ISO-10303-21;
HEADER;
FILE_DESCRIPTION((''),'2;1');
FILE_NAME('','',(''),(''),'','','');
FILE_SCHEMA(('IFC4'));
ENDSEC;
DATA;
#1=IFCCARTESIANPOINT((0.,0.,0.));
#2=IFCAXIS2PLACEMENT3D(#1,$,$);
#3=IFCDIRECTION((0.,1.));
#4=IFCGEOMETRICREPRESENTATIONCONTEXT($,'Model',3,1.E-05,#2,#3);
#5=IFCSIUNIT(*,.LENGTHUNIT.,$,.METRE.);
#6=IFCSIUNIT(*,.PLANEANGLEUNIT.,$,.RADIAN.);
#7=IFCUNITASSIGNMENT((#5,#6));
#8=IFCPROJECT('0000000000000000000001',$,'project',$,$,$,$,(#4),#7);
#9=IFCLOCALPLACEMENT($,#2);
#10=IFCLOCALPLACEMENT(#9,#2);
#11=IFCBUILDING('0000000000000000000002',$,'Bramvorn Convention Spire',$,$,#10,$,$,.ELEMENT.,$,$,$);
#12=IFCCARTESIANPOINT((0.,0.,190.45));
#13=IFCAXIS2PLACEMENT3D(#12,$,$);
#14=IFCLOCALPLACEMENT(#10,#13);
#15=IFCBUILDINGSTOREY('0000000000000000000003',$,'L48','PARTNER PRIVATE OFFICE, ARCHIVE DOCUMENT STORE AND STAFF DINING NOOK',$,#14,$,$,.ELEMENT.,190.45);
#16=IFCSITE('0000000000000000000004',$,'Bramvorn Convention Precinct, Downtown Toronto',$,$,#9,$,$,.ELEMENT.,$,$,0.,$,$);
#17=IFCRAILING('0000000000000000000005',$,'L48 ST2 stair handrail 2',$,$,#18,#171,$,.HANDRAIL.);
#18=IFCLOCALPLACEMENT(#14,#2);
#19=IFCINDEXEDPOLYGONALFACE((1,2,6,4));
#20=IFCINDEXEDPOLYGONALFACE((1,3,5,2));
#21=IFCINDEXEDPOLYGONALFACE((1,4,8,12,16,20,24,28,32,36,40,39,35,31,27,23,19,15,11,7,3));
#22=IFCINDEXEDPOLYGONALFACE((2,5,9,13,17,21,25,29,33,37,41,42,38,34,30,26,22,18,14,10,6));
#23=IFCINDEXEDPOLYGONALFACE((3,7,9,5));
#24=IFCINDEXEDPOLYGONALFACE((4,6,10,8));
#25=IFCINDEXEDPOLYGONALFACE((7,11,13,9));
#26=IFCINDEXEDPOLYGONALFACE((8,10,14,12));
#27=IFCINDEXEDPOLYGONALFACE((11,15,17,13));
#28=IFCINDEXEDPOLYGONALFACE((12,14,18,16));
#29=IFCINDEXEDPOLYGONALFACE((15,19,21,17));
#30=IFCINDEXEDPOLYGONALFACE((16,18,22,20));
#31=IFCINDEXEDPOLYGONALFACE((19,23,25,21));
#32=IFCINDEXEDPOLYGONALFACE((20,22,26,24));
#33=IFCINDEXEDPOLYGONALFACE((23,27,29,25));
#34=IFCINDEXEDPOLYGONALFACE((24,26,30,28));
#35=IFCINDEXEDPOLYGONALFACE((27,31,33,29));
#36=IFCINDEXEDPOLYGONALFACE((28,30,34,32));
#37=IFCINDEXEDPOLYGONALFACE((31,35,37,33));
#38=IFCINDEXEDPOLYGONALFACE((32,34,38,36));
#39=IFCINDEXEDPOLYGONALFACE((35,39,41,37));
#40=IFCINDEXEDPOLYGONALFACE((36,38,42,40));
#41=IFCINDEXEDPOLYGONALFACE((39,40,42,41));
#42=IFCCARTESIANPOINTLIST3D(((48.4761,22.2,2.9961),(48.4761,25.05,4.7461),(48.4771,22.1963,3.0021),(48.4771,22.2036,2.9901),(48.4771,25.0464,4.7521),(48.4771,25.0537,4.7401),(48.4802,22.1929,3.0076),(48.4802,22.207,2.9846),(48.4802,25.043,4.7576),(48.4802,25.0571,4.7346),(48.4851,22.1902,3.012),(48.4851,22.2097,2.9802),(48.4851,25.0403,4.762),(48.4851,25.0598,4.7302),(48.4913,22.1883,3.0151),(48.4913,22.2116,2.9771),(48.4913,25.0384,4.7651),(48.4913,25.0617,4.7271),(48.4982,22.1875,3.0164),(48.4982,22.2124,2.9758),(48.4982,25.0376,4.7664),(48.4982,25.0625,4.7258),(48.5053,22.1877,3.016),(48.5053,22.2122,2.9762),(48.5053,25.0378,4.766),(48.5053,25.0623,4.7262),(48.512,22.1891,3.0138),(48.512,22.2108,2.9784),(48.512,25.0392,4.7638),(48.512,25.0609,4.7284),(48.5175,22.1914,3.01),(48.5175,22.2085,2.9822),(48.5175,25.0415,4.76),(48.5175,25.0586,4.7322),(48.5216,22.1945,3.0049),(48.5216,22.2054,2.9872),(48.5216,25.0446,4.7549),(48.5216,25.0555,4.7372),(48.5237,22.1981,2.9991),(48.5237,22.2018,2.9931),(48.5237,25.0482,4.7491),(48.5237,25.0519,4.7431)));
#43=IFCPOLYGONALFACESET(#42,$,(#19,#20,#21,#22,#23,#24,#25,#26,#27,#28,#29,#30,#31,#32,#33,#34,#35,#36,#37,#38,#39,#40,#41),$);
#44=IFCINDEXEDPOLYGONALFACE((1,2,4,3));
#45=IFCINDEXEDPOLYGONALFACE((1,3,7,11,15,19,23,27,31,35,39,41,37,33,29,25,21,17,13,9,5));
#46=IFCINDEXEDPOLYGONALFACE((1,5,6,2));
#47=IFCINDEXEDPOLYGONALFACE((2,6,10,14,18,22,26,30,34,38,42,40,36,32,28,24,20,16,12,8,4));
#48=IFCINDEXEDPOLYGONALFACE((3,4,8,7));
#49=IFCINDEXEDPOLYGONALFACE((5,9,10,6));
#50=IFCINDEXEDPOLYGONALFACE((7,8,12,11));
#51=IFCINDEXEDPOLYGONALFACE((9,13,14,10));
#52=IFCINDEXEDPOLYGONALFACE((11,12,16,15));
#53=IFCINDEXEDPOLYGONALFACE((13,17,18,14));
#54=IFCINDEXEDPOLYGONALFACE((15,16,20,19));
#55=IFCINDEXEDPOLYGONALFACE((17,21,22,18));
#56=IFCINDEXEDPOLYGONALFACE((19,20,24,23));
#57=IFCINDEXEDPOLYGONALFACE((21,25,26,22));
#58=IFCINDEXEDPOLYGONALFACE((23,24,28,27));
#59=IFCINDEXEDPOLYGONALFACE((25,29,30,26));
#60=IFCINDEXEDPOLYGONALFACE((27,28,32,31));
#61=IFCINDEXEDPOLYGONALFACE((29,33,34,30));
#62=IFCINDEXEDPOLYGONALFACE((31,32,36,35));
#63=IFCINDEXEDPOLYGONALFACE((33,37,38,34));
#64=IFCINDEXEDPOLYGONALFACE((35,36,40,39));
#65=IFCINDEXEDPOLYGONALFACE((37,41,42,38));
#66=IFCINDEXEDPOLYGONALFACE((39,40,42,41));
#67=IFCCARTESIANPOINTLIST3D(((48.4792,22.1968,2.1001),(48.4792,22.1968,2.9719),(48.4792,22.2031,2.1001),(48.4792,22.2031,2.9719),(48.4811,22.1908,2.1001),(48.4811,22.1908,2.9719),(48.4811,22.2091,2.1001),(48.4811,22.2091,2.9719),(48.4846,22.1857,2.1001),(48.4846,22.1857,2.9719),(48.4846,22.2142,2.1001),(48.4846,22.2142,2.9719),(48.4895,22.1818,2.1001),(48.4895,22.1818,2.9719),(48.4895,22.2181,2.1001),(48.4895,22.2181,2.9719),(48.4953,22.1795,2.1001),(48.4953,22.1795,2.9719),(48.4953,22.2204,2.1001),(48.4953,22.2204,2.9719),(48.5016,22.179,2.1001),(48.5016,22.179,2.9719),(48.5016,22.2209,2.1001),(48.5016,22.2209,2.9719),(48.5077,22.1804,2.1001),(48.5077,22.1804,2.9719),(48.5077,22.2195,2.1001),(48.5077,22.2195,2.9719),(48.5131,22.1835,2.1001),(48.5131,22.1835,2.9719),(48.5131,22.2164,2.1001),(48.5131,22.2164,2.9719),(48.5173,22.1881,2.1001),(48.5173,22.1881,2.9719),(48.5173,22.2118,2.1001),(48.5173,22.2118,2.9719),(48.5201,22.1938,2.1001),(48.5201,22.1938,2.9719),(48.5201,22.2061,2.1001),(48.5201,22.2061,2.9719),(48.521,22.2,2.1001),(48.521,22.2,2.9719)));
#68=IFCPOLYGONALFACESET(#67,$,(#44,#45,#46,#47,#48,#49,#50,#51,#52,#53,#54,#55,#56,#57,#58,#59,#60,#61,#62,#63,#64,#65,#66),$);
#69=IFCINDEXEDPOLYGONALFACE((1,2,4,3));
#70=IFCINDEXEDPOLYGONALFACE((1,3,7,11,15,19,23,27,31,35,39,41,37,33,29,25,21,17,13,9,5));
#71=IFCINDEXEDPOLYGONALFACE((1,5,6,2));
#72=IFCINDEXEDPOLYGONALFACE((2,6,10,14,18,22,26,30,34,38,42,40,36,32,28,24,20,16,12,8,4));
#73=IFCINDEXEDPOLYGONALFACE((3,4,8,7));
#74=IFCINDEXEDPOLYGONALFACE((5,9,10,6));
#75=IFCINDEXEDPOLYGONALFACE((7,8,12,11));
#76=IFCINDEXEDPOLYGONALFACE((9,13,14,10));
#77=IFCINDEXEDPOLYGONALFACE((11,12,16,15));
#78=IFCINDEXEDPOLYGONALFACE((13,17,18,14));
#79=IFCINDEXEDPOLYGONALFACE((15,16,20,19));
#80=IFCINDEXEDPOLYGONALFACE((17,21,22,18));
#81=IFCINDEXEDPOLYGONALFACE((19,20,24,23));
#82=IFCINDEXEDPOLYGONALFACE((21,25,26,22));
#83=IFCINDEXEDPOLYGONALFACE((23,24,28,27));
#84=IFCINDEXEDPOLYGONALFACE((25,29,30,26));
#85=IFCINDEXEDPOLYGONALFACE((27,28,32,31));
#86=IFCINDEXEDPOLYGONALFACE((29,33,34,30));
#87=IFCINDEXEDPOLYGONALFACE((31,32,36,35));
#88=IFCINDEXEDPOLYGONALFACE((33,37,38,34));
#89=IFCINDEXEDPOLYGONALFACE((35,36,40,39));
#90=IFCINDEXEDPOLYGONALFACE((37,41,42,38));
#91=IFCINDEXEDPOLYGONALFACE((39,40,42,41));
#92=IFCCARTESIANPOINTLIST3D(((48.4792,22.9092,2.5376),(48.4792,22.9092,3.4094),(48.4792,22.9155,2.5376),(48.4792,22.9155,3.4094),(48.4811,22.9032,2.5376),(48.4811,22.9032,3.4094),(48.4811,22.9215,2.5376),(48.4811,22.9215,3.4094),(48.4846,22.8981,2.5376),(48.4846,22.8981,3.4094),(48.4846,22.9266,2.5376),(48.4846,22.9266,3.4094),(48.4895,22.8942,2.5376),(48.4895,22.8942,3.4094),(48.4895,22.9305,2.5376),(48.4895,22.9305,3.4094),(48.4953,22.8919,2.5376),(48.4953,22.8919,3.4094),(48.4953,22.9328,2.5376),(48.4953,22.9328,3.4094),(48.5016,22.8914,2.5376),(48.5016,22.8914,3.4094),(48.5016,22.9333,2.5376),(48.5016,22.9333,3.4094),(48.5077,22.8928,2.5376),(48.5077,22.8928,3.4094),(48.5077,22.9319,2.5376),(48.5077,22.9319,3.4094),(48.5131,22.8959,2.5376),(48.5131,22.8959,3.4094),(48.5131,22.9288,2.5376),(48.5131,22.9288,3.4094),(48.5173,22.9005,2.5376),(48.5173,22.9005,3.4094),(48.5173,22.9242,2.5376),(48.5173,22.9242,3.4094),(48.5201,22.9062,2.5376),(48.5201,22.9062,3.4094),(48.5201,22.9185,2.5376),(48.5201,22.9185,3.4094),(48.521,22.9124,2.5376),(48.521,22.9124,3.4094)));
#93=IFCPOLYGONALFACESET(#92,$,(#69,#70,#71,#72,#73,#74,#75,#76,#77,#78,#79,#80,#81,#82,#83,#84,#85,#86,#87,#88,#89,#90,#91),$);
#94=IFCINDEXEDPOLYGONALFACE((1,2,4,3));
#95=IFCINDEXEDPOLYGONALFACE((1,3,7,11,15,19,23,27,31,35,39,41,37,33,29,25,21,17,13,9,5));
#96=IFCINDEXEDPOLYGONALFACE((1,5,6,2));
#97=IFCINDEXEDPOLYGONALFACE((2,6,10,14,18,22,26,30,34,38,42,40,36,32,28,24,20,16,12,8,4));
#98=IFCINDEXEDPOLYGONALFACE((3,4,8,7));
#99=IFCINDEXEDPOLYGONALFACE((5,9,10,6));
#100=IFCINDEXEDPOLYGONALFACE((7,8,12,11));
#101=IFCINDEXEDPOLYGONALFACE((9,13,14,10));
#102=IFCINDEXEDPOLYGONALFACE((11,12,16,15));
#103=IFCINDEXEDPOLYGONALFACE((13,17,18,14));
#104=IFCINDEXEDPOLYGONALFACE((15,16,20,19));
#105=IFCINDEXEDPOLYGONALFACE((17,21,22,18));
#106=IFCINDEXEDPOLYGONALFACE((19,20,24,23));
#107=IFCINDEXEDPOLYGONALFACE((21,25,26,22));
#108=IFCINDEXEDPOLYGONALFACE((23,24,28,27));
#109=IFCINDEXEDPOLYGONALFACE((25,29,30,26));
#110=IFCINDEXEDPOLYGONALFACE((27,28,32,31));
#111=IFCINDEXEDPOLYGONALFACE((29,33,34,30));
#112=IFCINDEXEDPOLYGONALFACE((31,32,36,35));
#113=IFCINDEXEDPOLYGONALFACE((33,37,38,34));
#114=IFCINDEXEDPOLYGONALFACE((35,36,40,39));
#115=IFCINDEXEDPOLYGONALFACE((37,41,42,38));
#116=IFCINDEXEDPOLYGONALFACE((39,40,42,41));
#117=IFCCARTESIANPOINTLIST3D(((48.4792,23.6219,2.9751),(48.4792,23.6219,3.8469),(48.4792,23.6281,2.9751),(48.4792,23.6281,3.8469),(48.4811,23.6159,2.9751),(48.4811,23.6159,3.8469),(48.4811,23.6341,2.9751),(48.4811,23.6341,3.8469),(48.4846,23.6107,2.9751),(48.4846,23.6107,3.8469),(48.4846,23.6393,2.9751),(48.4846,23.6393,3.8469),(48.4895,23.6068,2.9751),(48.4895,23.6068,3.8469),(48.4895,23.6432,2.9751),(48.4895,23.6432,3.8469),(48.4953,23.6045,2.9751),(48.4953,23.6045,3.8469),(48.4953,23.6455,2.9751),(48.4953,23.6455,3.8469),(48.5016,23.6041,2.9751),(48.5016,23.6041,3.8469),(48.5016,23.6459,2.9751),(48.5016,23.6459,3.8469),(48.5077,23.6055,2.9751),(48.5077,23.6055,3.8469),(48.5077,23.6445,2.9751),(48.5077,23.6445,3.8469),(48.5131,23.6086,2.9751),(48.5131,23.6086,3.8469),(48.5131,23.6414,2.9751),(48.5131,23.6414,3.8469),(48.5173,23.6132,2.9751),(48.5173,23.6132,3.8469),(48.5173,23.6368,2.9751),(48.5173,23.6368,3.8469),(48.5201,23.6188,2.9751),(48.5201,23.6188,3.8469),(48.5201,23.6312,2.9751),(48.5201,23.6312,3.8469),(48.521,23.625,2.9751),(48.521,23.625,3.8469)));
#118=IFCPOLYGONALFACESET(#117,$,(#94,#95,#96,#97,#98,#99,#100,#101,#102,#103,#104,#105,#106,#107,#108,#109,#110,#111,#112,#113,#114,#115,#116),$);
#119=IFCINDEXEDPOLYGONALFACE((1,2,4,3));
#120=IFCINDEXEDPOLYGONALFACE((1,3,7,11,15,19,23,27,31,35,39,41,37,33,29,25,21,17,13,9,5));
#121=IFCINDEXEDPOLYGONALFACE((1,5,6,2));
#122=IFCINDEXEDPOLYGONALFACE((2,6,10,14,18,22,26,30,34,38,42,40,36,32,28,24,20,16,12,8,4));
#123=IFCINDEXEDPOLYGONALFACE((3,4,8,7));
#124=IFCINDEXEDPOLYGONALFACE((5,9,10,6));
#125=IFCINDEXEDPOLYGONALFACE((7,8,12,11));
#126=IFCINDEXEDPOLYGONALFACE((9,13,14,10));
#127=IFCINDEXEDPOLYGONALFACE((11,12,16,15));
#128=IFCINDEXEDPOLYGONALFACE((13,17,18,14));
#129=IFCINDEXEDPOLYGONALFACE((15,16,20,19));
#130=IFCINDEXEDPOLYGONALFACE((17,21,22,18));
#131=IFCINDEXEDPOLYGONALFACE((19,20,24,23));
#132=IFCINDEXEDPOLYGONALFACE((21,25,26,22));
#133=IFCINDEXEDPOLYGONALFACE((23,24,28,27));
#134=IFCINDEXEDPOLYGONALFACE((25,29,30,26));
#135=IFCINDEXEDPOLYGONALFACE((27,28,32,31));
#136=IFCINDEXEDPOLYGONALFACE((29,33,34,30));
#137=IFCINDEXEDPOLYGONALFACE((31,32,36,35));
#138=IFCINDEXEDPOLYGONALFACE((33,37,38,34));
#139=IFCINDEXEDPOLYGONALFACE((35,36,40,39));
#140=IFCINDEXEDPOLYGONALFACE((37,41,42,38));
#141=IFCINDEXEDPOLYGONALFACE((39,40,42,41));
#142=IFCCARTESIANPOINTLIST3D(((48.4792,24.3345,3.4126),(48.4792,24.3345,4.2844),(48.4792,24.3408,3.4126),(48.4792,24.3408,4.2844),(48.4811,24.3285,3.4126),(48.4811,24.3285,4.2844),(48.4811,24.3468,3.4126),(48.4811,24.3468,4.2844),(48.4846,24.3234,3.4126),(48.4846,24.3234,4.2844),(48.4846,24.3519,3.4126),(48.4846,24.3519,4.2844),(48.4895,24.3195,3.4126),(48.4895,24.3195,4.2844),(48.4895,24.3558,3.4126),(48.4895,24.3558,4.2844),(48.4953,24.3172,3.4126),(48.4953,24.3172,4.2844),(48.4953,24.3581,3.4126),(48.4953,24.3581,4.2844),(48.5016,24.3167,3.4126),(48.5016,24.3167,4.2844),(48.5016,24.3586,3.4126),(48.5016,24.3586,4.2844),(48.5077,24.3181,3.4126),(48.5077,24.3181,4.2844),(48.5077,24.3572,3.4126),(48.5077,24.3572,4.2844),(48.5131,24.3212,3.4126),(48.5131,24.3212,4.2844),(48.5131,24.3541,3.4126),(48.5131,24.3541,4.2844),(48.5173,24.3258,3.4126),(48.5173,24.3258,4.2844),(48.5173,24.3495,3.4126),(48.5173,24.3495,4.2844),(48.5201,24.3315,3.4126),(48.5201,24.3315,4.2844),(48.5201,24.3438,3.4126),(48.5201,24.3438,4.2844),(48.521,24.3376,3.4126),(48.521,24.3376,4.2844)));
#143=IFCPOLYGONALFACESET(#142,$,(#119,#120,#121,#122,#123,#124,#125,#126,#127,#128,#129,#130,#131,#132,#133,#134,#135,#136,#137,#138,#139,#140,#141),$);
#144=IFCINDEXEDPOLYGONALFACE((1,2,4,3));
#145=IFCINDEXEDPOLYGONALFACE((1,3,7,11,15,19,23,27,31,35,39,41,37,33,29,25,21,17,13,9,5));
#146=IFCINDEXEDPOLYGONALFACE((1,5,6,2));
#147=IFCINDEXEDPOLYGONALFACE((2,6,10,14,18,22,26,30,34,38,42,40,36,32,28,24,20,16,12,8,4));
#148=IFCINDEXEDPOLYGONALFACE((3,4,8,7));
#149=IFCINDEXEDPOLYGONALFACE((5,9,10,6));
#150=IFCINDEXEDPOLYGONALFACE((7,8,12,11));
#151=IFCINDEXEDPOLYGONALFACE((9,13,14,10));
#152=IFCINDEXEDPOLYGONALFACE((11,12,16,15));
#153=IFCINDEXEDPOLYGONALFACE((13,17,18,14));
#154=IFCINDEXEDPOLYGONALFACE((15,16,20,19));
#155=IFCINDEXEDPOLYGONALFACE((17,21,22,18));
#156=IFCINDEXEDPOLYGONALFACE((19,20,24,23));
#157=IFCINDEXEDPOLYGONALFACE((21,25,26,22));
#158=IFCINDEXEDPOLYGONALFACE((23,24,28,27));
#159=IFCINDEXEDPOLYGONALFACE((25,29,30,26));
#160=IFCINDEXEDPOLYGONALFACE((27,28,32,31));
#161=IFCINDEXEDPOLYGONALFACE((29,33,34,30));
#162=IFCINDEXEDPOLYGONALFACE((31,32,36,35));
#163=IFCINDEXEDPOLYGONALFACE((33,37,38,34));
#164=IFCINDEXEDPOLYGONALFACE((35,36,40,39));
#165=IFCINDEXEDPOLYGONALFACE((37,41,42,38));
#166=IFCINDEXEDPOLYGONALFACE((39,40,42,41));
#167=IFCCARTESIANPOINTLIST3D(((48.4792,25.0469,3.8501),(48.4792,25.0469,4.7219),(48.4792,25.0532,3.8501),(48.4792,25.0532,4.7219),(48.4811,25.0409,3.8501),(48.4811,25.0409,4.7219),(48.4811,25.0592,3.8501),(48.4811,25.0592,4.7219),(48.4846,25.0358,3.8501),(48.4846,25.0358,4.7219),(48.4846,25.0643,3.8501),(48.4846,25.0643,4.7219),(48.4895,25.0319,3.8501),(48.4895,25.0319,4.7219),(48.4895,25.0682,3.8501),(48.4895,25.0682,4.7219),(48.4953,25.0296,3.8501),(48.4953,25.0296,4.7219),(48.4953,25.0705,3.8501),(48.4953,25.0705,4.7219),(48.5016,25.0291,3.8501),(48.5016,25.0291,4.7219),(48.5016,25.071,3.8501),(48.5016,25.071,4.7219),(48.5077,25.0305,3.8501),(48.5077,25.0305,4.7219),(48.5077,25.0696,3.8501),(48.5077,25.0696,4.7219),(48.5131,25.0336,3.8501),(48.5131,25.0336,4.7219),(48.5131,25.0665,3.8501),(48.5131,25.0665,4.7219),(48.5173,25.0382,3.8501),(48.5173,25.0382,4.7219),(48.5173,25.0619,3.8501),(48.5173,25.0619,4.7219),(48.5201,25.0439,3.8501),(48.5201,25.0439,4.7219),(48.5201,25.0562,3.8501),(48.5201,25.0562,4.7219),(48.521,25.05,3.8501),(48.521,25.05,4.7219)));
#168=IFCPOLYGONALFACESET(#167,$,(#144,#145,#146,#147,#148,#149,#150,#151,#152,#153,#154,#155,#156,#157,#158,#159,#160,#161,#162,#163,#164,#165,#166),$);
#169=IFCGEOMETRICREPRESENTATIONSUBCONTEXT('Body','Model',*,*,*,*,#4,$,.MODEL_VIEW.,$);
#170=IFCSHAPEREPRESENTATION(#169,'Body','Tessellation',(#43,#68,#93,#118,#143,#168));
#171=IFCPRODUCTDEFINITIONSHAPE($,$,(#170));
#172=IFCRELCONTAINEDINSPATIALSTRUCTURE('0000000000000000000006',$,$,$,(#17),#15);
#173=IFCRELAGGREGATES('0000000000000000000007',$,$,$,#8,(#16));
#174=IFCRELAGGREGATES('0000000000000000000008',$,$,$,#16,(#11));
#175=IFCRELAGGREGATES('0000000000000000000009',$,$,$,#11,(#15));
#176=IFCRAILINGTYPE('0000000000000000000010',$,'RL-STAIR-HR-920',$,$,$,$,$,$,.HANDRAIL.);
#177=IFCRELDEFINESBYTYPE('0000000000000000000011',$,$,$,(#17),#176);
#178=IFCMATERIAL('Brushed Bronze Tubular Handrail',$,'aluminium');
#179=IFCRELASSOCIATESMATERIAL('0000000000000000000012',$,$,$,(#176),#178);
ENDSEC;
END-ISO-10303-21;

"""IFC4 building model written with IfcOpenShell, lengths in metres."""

from ifc_helpers import new_model, si_unit, direction, frame, origin, origin_2d, place, context, subcontext, project, spatial, circle, extrude, material, type_object, element, save


model = new_model("IFC4")

# Units and contexts
model_context = context("Model", 3, precision=1e-05, world=origin(), true_north=direction((0.0, 1.0)))
body_context = subcontext(model_context, "Body", "Model", "MODEL_VIEW")
ifc_project = project(units=[si_unit("LENGTHUNIT", "METRE"), si_unit("PLANEANGLEUNIT", "RADIAN")], contexts=[model_context])

# Site, building, storey
site_placement = place(None, origin())
site = spatial("IfcSite", under=ifc_project, at=site_placement, Name="Bramvorn Convention Precinct, Downtown Toronto", CompositionType="ELEMENT", RefElevation=0.0)
building_placement = place(site_placement, origin())
building = spatial("IfcBuilding", under=site, at=building_placement, Name="Bramvorn Convention Spire", CompositionType="ELEMENT")
storey_placement = place(building_placement, frame((0.0, 0.0, 190.45)))
storey = spatial("IfcBuildingStorey", under=building, at=storey_placement, Name="L48", Description="PARTNER PRIVATE OFFICE, ARCHIVE DOCUMENT STORE AND STAFF DINING NOOK", CompositionType="ELEMENT", Elevation=190.45)

# Railing
ifc_material_1 = material(Name="Brushed Bronze Tubular Handrail", Category="aluminium")
railing_type_1 = type_object("IfcRailingType", Name="RL-STAIR-HR-920", PredefinedType="HANDRAIL", material=ifc_material_1)
railing_1_placement = place(storey_placement, frame((48.5, 22.2, 2.1001)))
element("IfcRailing", 1, at=railing_1_placement, inside=storey, type_object=railing_type_1, Name="L48 ST2 stair handrail 2", PredefinedType="HANDRAIL", context=body_context, shape_type="SweptSolid", body=[
    extrude(circle(Radius=0.0239, at=origin_2d()), frame((0.0, 0.0, 0.896), z_axis=(0.0, 0.852179, 0.52325), x_axis=(-1.0, 0.0, 0.0)), (0.0, 0.0, 1.0), 3.3445),
    extrude(circle(Radius=0.021, at=origin_2d()), origin(), (0.0, 0.0, 1.0), 0.8718),
    extrude(circle(Radius=0.021, at=origin_2d()), frame((0.0, 0.7124, 0.4375)), (0.0, 0.0, 1.0), 0.8718),
    extrude(circle(Radius=0.021, at=origin_2d()), frame((0.0, 1.425, 0.875)), (0.0, 0.0, 1.0), 0.8718),
    extrude(circle(Radius=0.021, at=origin_2d()), frame((0.0, 2.1377, 1.3125)), (0.0, 0.0, 1.0), 0.8718),
    extrude(circle(Radius=0.021, at=origin_2d()), frame((0.0, 2.8501, 1.75)), (0.0, 0.0, 1.0), 0.8718),
])

save(model, "model.ifc")
